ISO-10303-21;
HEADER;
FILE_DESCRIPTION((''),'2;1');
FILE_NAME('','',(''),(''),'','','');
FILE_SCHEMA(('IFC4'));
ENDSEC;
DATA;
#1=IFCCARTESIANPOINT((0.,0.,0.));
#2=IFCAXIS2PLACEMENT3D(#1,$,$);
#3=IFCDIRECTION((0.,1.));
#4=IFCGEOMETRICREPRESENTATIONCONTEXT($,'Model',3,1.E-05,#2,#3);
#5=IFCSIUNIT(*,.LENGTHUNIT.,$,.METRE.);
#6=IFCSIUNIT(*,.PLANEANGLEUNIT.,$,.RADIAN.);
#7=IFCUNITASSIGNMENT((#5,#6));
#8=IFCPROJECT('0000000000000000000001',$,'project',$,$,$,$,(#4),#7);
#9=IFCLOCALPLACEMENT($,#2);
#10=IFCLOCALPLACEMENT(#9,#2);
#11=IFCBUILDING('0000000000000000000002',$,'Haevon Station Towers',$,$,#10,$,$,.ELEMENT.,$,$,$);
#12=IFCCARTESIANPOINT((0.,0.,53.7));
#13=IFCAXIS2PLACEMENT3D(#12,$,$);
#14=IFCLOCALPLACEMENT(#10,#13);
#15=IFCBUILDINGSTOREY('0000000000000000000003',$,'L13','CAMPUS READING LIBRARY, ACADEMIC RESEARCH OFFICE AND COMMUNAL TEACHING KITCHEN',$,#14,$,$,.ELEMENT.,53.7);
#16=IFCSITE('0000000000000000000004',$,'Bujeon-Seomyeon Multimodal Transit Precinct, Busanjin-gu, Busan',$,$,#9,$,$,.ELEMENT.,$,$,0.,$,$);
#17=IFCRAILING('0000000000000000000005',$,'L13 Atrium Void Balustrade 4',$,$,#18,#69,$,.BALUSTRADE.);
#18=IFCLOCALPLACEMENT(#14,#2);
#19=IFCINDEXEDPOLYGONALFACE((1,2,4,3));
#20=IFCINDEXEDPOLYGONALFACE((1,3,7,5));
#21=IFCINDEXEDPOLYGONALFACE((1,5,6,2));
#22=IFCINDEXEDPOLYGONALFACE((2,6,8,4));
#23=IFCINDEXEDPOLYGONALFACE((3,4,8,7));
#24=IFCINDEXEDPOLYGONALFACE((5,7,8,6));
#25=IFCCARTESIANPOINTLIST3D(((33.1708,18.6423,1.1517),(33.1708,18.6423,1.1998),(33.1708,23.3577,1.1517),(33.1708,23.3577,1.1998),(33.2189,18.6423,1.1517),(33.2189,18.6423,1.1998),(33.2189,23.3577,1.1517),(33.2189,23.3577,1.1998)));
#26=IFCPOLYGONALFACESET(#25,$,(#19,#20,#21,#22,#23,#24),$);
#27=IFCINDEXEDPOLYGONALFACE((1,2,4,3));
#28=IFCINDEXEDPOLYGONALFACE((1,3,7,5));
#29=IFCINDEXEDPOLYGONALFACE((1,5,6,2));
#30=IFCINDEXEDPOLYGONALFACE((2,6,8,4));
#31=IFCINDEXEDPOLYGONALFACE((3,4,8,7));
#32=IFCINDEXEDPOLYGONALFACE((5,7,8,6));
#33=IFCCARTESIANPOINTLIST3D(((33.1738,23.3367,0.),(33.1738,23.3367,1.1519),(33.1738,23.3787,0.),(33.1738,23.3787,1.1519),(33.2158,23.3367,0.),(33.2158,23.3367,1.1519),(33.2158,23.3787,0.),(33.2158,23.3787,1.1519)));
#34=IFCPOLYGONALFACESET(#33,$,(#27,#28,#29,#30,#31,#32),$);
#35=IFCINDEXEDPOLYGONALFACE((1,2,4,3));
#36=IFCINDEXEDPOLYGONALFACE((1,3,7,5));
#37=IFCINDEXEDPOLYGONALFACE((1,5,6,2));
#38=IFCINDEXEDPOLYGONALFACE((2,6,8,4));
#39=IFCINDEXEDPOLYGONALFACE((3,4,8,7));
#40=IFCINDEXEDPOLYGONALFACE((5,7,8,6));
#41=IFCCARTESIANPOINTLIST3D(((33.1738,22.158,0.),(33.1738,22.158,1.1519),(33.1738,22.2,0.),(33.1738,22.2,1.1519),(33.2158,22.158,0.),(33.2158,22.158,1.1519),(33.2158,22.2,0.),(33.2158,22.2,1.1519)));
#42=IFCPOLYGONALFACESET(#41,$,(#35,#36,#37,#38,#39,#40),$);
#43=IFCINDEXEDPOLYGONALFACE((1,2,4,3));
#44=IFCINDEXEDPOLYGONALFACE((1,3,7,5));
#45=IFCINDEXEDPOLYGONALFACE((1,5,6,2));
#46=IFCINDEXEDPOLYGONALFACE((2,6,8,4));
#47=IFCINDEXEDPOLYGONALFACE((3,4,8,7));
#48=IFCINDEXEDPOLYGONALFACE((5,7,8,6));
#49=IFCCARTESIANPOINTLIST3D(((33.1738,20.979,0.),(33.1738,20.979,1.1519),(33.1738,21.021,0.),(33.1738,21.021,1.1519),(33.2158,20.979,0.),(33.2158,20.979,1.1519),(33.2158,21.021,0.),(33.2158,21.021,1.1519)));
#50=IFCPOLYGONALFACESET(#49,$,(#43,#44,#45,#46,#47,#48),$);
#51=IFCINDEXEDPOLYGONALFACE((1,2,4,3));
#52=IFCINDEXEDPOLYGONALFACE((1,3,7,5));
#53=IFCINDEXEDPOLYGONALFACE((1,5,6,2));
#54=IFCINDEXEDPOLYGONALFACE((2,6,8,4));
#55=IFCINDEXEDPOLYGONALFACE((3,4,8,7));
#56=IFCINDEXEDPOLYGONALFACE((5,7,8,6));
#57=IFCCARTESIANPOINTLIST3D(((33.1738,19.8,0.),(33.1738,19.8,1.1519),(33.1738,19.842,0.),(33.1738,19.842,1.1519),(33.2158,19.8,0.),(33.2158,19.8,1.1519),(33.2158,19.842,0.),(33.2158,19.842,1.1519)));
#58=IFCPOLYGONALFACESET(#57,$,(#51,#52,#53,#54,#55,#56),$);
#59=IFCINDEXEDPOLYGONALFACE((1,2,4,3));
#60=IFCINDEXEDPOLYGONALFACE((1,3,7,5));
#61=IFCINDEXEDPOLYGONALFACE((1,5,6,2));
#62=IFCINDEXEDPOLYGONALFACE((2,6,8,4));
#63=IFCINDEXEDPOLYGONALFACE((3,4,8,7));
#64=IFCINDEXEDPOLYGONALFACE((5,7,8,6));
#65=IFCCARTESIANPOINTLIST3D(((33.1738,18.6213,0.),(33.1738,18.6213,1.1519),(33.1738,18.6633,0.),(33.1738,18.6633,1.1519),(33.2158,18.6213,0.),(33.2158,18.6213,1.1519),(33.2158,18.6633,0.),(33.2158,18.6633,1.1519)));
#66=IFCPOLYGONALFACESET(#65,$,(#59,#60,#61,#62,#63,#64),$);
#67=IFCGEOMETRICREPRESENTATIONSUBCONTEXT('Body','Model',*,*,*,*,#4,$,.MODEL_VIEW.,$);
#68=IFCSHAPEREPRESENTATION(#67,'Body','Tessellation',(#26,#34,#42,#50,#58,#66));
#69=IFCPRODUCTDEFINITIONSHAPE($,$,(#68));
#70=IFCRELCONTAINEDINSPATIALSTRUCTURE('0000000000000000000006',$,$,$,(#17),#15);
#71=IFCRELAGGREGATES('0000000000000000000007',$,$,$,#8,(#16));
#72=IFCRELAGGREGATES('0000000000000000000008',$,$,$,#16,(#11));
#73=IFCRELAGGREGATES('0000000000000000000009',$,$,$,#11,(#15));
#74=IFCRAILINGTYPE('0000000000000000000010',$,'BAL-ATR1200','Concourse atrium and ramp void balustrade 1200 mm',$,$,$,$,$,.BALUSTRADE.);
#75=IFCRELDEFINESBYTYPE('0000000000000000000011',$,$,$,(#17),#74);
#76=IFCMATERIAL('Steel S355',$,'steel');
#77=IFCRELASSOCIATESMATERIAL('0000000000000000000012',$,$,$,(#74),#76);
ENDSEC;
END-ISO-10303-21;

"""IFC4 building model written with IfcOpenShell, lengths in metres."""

from ifc_helpers import new_model, si_unit, direction, frame, origin, origin_2d, place, context, subcontext, project, spatial, rectangle, extrude, material, type_object, element, save


model = new_model("IFC4")

# Units and contexts
model_context = context("Model", 3, precision=1e-05, world=origin(), true_north=direction((0.0, 1.0)))
body_context = subcontext(model_context, "Body", "Model", "MODEL_VIEW")
ifc_project = project(units=[si_unit("LENGTHUNIT", "METRE"), si_unit("PLANEANGLEUNIT", "RADIAN")], contexts=[model_context])

# Site, building, storey
site_placement = place(None, origin())
site = spatial("IfcSite", under=ifc_project, at=site_placement, Name="Bujeon-Seomyeon Multimodal Transit Precinct, Busanjin-gu, Busan", CompositionType="ELEMENT", RefElevation=0.0)
building_placement = place(site_placement, origin())
building = spatial("IfcBuilding", under=site, at=building_placement, Name="Haevon Station Towers", CompositionType="ELEMENT")
storey_placement = place(building_placement, frame((0.0, 0.0, 53.7)))
storey = spatial("IfcBuildingStorey", under=building, at=storey_placement, Name="L13", Description="CAMPUS READING LIBRARY, ACADEMIC RESEARCH OFFICE AND COMMUNAL TEACHING KITCHEN", CompositionType="ELEMENT", Elevation=53.7)

# Shared definitions
ifc_material_1 = material(Name="Steel S355", Category="steel")

# Railing
railing_type = type_object("IfcRailingType", Name="BAL-ATR1200", Description="Concourse atrium and ramp void balustrade 1200 mm", PredefinedType="BALUSTRADE", material=ifc_material_1)
railing_1_placement = place(storey_placement, frame((33.1948, 23.3577, 0.0)))
element("IfcRailing", 1, at=railing_1_placement, inside=storey, type_object=railing_type, Name="L13 Atrium Void Balustrade 4", PredefinedType="BALUSTRADE", context=body_context, shape_type="SweptSolid", body=[
    extrude(rectangle(XDim=0.0481, YDim=0.0481, at=origin_2d()), frame((0.0, 0.0, 1.1758), z_axis=(0.0, -1.0, 0.0), x_axis=(1.0, 0.0, 0.0)), (0.0, 0.0, 1.0), 4.7153),
    extrude(rectangle(XDim=0.042, YDim=0.042, at=origin_2d()), origin(), (0.0, 0.0, 1.0), 1.1519),
    extrude(rectangle(XDim=0.042, YDim=0.042, at=origin_2d()), frame((0.0, -1.1787, 0.0)), (0.0, 0.0, 1.0), 1.1519),
    extrude(rectangle(XDim=0.042, YDim=0.042, at=origin_2d()), frame((0.0, -2.3577, 0.0)), (0.0, 0.0, 1.0), 1.1519),
    extrude(rectangle(XDim=0.042, YDim=0.042, at=origin_2d()), frame((0.0, -3.5366, 0.0)), (0.0, 0.0, 1.0), 1.1519),
    extrude(rectangle(XDim=0.042, YDim=0.042, at=origin_2d()), frame((0.0, -4.7153, 0.0)), (0.0, 0.0, 1.0), 1.1519),
])

save(model, "model.ifc")
